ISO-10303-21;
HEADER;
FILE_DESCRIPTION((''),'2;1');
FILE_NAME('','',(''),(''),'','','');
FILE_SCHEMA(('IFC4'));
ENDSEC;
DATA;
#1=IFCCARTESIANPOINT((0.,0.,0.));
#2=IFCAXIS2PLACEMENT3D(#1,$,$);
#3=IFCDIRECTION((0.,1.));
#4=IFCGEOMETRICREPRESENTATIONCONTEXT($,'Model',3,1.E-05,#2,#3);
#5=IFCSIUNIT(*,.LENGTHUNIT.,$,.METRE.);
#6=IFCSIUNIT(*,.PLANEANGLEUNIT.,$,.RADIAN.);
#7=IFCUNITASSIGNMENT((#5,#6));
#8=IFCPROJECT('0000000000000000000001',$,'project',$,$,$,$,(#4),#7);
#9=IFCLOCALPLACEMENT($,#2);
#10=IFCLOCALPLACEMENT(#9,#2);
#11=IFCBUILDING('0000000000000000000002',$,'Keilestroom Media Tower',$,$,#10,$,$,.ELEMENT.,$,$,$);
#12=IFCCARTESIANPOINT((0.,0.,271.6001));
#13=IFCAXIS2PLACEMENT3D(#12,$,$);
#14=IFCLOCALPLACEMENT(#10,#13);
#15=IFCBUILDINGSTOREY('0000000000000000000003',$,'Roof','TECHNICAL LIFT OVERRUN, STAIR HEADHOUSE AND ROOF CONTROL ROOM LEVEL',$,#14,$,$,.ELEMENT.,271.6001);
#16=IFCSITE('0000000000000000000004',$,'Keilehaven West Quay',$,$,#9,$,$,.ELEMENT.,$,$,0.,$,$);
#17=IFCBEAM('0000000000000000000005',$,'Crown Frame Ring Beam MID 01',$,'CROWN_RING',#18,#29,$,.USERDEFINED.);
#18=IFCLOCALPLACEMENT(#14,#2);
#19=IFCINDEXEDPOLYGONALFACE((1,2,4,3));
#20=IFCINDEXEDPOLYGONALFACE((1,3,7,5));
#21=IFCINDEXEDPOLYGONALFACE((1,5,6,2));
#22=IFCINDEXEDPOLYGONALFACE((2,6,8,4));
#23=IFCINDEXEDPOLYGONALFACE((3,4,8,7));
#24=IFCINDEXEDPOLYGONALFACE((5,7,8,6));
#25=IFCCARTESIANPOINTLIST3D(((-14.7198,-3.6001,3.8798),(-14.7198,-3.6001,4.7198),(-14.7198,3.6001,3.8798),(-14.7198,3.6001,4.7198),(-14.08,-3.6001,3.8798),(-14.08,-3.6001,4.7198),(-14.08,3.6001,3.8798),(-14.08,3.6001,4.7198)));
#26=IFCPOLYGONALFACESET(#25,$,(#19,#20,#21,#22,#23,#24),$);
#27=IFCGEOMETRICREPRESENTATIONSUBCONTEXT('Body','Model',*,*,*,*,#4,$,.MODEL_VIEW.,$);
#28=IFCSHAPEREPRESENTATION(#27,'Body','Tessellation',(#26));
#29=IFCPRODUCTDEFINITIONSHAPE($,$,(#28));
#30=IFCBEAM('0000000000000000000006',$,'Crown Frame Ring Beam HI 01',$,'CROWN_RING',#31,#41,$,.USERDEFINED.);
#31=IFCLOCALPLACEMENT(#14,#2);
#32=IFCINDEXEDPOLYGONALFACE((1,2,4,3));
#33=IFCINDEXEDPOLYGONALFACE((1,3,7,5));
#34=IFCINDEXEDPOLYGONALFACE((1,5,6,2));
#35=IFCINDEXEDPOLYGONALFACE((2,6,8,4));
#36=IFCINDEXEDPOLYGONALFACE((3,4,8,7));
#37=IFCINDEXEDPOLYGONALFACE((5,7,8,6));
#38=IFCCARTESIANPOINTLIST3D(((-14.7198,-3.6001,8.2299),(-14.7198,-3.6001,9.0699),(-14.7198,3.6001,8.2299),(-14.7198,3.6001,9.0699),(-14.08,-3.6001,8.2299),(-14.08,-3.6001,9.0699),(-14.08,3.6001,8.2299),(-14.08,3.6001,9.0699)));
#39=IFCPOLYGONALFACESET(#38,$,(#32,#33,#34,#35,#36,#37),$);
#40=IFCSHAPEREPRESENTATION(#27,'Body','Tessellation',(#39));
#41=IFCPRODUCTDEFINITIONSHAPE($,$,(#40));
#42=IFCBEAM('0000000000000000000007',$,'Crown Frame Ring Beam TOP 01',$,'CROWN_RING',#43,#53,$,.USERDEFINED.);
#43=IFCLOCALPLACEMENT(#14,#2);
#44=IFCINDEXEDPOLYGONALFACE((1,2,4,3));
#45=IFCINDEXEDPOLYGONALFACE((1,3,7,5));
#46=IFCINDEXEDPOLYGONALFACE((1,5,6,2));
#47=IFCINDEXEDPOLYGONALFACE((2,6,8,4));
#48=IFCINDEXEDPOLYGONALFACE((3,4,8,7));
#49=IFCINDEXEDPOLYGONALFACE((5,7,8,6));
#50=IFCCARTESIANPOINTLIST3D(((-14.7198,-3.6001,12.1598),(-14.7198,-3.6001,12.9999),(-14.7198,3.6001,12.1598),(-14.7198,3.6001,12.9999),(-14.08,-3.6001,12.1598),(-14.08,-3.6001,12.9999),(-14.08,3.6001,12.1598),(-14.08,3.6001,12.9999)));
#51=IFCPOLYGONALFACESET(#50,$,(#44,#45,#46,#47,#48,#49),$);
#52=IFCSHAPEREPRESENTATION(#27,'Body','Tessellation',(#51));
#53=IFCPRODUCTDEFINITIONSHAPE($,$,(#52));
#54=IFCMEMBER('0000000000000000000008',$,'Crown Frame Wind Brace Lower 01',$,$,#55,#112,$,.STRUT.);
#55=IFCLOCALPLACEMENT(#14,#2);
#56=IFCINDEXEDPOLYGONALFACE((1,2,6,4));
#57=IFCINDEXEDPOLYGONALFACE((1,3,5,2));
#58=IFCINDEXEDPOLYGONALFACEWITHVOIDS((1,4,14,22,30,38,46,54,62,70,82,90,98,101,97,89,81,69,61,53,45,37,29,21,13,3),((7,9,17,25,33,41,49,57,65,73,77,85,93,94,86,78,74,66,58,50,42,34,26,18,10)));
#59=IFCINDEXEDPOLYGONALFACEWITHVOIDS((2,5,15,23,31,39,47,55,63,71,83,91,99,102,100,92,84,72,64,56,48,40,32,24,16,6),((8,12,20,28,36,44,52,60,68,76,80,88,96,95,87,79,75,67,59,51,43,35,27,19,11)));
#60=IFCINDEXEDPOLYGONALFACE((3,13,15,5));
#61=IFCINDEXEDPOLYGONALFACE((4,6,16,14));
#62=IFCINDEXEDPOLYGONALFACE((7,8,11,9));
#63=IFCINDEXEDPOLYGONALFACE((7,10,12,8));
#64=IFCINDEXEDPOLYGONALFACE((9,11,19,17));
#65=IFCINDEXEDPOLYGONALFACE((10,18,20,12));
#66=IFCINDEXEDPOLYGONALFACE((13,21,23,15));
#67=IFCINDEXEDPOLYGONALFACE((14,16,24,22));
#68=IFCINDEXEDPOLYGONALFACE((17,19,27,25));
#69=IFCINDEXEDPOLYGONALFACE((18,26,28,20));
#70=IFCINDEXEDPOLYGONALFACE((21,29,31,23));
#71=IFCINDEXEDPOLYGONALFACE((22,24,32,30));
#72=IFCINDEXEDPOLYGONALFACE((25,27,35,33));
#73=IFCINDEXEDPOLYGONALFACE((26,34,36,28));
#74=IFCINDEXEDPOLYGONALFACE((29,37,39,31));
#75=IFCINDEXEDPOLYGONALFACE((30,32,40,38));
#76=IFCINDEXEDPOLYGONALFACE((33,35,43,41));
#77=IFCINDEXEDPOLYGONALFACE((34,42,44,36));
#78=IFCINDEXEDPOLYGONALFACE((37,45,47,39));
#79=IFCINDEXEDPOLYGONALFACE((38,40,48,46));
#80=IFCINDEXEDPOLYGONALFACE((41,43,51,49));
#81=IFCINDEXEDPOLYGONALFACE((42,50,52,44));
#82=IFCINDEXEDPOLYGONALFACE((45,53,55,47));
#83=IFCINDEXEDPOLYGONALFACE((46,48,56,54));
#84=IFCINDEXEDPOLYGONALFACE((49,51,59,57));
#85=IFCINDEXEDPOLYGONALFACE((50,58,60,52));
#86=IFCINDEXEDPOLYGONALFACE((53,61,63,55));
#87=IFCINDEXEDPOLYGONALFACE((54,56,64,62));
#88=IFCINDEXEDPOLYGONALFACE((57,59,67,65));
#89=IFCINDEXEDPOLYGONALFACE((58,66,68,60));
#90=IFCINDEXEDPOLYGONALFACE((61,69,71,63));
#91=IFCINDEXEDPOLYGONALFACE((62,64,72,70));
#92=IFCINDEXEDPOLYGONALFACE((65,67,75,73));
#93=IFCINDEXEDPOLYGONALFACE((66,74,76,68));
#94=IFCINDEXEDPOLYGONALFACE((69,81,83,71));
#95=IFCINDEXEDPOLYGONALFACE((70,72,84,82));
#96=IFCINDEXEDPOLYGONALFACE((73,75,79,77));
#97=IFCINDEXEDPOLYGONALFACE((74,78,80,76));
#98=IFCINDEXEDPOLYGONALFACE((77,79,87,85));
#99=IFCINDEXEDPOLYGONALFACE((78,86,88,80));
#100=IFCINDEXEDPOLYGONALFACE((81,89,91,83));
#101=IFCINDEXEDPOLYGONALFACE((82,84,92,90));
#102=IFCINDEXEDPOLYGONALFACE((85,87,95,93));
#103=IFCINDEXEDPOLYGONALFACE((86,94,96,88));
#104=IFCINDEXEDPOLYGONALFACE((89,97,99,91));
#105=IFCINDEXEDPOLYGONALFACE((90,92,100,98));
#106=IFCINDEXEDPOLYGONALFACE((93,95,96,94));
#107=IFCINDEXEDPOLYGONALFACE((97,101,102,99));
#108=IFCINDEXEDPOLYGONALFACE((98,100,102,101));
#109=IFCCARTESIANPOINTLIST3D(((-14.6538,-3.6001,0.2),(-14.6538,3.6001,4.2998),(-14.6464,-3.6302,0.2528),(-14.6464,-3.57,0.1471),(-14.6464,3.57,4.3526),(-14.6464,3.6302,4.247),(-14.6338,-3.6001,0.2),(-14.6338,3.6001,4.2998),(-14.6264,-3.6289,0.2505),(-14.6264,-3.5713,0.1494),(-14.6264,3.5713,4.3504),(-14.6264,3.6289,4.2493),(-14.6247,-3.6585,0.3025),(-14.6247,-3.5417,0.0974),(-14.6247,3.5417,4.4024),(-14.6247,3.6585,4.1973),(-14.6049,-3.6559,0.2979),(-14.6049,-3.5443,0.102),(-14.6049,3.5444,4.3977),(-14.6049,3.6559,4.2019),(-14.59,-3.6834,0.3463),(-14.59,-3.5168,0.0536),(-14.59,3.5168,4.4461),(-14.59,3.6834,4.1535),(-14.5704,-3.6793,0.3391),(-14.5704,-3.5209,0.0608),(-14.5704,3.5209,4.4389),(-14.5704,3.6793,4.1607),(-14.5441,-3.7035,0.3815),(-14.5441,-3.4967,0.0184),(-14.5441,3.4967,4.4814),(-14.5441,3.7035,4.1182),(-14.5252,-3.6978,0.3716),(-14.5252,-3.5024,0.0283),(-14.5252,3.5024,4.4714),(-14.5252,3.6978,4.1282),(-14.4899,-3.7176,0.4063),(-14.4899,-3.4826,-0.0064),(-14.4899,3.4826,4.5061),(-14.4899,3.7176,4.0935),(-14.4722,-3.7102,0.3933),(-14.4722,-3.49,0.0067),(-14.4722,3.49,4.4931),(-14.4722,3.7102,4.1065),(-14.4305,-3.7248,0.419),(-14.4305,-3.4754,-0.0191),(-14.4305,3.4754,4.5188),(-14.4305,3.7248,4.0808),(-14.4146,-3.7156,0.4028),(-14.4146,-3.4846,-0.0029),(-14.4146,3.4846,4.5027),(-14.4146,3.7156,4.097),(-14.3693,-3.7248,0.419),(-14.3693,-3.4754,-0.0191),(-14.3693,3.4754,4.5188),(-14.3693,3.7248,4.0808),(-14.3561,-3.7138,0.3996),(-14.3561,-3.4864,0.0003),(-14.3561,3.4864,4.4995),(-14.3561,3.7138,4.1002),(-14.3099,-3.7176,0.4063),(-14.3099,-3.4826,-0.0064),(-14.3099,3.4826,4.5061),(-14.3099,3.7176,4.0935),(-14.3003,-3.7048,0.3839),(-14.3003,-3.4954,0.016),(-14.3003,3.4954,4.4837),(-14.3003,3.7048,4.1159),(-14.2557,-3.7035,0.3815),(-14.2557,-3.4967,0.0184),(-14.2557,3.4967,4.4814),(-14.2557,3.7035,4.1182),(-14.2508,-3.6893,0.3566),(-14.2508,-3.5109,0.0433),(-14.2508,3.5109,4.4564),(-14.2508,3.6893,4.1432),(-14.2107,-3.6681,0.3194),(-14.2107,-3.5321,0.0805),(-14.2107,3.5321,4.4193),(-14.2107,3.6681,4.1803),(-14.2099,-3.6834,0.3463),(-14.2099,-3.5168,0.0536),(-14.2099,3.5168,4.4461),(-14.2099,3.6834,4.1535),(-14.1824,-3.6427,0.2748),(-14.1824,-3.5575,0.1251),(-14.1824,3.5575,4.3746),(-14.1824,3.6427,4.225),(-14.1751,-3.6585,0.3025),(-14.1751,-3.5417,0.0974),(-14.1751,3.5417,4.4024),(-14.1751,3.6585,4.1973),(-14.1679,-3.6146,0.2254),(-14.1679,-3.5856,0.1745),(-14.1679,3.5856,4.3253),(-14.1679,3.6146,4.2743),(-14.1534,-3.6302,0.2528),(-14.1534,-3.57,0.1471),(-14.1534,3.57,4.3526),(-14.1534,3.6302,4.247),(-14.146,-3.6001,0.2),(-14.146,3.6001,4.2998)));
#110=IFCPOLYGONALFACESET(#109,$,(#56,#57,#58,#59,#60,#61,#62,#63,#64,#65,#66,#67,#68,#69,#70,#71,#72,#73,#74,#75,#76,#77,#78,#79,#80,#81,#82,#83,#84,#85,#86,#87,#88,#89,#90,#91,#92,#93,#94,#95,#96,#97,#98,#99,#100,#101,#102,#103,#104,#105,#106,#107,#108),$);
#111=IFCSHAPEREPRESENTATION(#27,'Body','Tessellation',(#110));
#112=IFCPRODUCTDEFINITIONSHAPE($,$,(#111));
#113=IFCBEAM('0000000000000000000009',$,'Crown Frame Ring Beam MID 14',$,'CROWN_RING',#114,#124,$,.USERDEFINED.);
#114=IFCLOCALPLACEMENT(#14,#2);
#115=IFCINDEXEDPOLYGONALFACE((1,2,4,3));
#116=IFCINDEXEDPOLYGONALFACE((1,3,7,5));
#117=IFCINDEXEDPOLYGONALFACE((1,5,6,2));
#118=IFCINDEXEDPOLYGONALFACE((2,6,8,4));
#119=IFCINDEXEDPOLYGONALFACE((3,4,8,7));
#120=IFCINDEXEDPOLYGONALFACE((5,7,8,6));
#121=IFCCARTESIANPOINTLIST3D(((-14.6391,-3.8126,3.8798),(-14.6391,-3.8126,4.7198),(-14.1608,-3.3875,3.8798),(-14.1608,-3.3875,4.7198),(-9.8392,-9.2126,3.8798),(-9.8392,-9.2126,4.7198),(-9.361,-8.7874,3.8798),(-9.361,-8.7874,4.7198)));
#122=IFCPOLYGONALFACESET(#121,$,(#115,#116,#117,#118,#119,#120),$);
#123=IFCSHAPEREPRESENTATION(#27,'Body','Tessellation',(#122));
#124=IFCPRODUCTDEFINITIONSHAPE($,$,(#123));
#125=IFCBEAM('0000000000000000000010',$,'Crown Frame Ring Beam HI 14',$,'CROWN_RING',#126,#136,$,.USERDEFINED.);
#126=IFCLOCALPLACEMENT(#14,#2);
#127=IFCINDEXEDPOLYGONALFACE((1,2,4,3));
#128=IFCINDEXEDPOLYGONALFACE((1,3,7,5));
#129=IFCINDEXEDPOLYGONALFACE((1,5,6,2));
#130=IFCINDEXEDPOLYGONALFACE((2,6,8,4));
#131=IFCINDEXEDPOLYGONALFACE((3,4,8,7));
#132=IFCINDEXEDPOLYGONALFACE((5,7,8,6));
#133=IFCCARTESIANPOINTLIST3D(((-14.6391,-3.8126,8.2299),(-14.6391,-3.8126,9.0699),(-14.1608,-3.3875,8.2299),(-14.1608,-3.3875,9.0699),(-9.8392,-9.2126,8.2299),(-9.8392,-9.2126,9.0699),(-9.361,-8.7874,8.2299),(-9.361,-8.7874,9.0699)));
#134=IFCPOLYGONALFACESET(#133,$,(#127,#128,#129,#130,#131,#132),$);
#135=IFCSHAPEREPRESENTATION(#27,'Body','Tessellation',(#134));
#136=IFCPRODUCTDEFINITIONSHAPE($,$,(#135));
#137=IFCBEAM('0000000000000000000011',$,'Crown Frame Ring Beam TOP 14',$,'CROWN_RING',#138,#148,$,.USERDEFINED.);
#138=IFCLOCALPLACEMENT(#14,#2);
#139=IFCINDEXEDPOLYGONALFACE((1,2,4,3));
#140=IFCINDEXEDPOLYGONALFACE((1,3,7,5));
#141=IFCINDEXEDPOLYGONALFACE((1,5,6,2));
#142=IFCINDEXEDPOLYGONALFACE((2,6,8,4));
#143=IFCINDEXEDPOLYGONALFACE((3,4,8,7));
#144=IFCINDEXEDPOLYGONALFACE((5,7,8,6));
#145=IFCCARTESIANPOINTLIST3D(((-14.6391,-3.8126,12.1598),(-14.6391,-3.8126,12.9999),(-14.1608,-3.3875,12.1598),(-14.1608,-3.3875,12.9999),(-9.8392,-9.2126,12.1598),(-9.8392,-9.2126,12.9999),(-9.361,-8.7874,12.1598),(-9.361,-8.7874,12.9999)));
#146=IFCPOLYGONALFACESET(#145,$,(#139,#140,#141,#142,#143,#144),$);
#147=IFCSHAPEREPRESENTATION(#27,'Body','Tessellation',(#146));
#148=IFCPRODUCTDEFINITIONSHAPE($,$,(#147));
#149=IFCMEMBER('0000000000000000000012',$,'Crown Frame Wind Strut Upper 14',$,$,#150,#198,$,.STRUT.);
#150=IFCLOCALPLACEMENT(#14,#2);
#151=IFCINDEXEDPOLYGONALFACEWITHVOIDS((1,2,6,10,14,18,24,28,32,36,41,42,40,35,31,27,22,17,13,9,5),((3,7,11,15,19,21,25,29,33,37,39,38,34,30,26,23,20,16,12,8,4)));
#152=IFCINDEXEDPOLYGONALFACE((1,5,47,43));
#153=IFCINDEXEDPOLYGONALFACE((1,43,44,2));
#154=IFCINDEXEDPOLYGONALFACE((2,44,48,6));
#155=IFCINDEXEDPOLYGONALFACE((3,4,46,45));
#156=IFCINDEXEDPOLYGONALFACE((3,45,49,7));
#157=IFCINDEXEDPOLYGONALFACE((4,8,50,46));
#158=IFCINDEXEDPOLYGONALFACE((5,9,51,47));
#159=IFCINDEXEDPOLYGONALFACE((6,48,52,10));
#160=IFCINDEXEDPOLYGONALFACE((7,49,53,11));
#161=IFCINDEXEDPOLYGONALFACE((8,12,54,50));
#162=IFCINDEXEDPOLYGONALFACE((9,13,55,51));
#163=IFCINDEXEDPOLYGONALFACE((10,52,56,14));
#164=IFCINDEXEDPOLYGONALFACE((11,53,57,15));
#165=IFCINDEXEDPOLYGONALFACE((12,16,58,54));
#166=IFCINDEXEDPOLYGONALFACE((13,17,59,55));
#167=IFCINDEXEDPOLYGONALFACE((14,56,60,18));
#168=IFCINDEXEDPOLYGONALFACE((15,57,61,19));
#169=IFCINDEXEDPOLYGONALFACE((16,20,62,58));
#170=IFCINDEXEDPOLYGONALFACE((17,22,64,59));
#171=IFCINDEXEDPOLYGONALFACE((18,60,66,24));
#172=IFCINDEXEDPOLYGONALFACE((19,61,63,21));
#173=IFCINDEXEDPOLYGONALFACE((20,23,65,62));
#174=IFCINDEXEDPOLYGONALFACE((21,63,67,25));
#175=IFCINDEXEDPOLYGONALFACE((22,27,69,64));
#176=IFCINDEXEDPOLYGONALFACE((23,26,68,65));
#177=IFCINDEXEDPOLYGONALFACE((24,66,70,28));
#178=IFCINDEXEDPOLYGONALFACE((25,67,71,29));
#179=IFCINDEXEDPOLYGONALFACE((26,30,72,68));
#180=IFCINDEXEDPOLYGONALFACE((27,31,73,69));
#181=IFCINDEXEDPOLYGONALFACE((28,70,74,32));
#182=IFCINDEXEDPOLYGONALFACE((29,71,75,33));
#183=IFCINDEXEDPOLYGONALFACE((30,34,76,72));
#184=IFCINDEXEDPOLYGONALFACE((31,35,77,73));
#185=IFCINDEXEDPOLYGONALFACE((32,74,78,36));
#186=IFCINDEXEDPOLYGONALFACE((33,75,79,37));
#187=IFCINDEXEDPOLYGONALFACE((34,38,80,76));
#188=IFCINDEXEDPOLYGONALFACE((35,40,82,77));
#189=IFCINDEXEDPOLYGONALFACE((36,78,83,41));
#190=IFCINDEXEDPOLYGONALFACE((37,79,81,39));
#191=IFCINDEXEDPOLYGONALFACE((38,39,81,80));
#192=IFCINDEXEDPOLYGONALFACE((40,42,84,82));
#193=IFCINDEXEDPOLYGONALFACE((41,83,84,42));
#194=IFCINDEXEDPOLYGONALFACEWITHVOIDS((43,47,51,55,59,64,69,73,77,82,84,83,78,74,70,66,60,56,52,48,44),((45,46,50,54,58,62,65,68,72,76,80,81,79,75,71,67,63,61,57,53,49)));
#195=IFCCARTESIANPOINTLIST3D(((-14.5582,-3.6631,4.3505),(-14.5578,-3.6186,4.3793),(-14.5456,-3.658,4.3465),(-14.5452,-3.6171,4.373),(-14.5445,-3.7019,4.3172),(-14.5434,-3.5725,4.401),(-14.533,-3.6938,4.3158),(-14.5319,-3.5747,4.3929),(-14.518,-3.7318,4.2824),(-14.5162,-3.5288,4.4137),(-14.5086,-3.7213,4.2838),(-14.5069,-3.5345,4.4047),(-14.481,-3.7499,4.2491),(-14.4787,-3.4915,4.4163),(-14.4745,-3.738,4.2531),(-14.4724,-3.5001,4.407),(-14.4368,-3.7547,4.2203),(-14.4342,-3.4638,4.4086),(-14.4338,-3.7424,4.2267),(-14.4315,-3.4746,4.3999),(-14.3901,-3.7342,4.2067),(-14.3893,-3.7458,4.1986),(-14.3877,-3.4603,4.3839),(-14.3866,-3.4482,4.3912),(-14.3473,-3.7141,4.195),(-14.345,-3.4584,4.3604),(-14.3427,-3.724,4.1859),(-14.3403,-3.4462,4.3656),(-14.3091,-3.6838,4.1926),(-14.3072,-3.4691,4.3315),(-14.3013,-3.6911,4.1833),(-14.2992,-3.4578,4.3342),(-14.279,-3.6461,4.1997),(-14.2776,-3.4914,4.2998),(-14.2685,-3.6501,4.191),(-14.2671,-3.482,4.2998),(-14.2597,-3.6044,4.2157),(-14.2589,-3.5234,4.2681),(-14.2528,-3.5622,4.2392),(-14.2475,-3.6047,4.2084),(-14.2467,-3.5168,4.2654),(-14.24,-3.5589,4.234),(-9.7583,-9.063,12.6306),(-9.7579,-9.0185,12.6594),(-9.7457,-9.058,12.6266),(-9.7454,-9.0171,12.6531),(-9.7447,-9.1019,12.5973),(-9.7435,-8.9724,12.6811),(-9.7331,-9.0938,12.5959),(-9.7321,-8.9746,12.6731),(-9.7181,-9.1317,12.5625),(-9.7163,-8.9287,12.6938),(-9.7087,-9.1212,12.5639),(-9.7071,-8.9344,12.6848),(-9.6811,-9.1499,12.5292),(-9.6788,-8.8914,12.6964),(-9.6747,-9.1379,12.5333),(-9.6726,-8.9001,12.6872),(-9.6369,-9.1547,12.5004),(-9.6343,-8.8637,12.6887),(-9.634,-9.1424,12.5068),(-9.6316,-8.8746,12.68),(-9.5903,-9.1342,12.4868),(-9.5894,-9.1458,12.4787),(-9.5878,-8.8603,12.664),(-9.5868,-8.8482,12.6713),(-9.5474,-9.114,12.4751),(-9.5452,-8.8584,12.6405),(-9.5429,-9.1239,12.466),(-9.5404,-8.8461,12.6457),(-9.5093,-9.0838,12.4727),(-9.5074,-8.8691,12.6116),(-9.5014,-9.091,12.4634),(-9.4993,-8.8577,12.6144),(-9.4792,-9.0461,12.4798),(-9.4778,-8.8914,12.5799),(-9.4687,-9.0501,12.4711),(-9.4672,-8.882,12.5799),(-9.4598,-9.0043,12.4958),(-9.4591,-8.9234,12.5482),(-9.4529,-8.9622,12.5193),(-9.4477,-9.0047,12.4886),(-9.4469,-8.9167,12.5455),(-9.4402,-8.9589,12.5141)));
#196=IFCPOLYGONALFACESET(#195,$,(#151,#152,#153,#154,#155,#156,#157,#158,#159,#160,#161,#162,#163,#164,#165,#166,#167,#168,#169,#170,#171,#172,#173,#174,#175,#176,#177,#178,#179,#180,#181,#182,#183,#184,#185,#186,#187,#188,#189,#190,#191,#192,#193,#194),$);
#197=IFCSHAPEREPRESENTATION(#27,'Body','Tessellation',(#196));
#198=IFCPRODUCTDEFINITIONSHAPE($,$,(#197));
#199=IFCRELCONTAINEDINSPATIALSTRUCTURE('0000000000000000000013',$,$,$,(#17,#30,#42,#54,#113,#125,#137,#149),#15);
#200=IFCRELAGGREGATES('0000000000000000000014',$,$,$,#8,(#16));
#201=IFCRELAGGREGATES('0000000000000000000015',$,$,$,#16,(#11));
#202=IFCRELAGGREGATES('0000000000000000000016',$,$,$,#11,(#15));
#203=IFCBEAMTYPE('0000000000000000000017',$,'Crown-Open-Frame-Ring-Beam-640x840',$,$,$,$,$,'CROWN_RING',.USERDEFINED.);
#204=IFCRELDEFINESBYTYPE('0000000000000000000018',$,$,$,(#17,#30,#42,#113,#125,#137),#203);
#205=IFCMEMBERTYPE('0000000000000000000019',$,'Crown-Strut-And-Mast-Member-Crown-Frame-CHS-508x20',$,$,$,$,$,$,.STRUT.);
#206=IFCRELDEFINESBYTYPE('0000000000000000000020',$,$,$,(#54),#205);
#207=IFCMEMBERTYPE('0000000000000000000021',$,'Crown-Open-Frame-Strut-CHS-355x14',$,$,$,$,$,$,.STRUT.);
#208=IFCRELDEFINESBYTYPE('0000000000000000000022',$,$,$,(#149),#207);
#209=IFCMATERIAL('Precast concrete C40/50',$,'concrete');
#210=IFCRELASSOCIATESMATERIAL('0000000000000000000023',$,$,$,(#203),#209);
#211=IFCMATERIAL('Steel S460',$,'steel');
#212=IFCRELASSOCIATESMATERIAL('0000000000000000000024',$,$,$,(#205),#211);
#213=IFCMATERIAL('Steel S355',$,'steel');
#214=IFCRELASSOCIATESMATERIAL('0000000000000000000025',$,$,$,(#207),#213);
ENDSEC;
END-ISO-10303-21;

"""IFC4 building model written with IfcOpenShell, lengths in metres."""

from ifc_helpers import new_model, si_unit, direction, frame, origin, origin_2d, place, context, subcontext, project, spatial, rectangle, hollow_circle, extrude, source, transform, mapped, material, material_profile, profile_set, type_object, element, save


model = new_model("IFC4")

# Units and contexts
model_context = context("Model", 3, precision=1e-05, world=origin(), true_north=direction((0.0, 1.0)))
body_context = subcontext(model_context, "Body", "Model", "MODEL_VIEW")
ifc_project = project(units=[si_unit("LENGTHUNIT", "METRE"), si_unit("PLANEANGLEUNIT", "RADIAN")], contexts=[model_context])

# Site, building, storey
site_placement = place(None, origin())
site = spatial("IfcSite", under=ifc_project, at=site_placement, Name="Keilehaven West Quay", CompositionType="ELEMENT", RefElevation=0.0)
building_placement = place(site_placement, origin())
building = spatial("IfcBuilding", under=site, at=building_placement, Name="Keilestroom Media Tower", CompositionType="ELEMENT")
storey_placement = place(building_placement, frame((0.0, 0.0, 271.6001)))
storey = spatial("IfcBuildingStorey", under=building, at=storey_placement, Name="Roof", Description="TECHNICAL LIFT OVERRUN, STAIR HEADHOUSE AND ROOF CONTROL ROOM LEVEL", CompositionType="ELEMENT", Elevation=271.6001)

# Beams
ifc_material_1 = material(Name="Precast concrete C40/50", Category="concrete")
ifc_material_profile_1 = material_profile(ifc_material_1, rectangle(XDim=0.6399, YDim=0.8401, at=origin_2d()), Name="CF 640x840")
ifc_profile_set_1 = profile_set([ifc_material_profile_1], Name="Precast concrete C40/50")
beam_type = type_object("IfcBeamType", Name="Crown-Open-Frame-Ring-Beam-640x840", ElementType="CROWN_RING", PredefinedType="USERDEFINED", material=ifc_profile_set_1)
shared_shape_1 = source(origin(), body_context, "Body", "SweptSolid", [
    extrude(rectangle(XDim=0.6399, YDim=0.8401, at=origin_2d()), origin(), (0.0, 0.0, 1.0), 7.2002),
])
for number, where, z_axis, x_axis, name in (
    (1, (-14.3999, -3.6001, 4.2998), (0.0, 1.0, 0.0), (-1.0, 0.0, 0.0), "Crown Frame Ring Beam MID 01"),
    (2, (-14.3999, -3.6001, 8.6499), (0.0, 1.0, 0.0), (-1.0, 0.0, 0.0), "Crown Frame Ring Beam HI 01"),
    (3, (-14.3999, -3.6001, 12.5798), (0.0, 1.0, 0.0), (-1.0, 0.0, 0.0), "Crown Frame Ring Beam TOP 01"),
):
    element("IfcBeam", number, at=place(storey_placement, frame(where, z_axis=z_axis, x_axis=x_axis)), inside=storey, type_object=beam_type, Name=name, ObjectType="CROWN_RING", PredefinedType="USERDEFINED", context=body_context, shape_type="MappedRepresentation", body=[
        mapped(shared_shape_1, transform((0.0, 0.0, 0.0), x_axis=(1.0, 0.0, 0.0), y_axis=(0.0, 1.0, 0.0), z_axis=(0.0, 0.0, 1.0), scale=1.0)),
    ])

# Member
ifc_material_2 = material(Name="Steel S460", Category="steel")
ifc_material_profile_2 = material_profile(ifc_material_2, hollow_circle(Radius=0.2539, WallThickness=0.02, at=origin_2d()), Name="CHS 508x20")
ifc_profile_set_2 = profile_set([ifc_material_profile_2], Name="Steel S460")
member_type_1 = type_object("IfcMemberType", Name="Crown-Strut-And-Mast-Member-Crown-Frame-CHS-508x20", PredefinedType="STRUT", material=ifc_profile_set_2)
shared_shape_2 = source(origin(), body_context, "Body", "SweptSolid", [
    extrude(hollow_circle(Radius=0.2539, WallThickness=0.02, at=origin_2d()), origin(), (0.0, 0.0, 1.0), 8.2856),
])
member_1_placement = place(storey_placement, frame((-14.3999, -3.6001, 0.2), z_axis=(0.0, 0.868998, 0.494815), x_axis=(-1.0, 0.0, 0.0)))
element("IfcMember", 4, at=member_1_placement, inside=storey, type_object=member_type_1, Name="Crown Frame Wind Brace Lower 01", PredefinedType="STRUT", context=body_context, shape_type="MappedRepresentation", body=[
    mapped(shared_shape_2, transform((0.0, 0.0, 0.0), x_axis=(1.0, 0.0, 0.0), y_axis=(0.0, 1.0, 0.0), z_axis=(0.0, 0.0, 1.0), scale=1.0)),
])

# Beams
shared_shape_3 = source(origin(), body_context, "Body", "SweptSolid", [
    extrude(rectangle(XDim=0.6399, YDim=0.8401, at=origin_2d()), origin(), (0.0, 0.0, 1.0), 7.2249),
])
for number, where, z_axis, x_axis, name in (
    (5, (-9.6001, -9.0, 4.2998), (-0.664355, 0.747417, 0.0), (-0.747417, -0.664355, 0.0), "Crown Frame Ring Beam MID 14"),
    (6, (-9.6001, -9.0, 8.6499), (-0.664355, 0.747417, 0.0), (-0.747417, -0.664355, 0.0), "Crown Frame Ring Beam HI 14"),
    (7, (-9.6001, -9.0, 12.5798), (-0.664355, 0.747417, 0.0), (-0.747417, -0.664355, 0.0), "Crown Frame Ring Beam TOP 14"),
):
    element("IfcBeam", number, at=place(storey_placement, frame(where, z_axis=z_axis, x_axis=x_axis)), inside=storey, type_object=beam_type, Name=name, ObjectType="CROWN_RING", PredefinedType="USERDEFINED", context=body_context, shape_type="MappedRepresentation", body=[
        mapped(shared_shape_3, transform((0.0, 0.0, 0.0), x_axis=(1.0, 0.0, 0.0), y_axis=(0.0, 1.0, 0.0), z_axis=(0.0, 0.0, 1.0), scale=1.0)),
    ])

# Member
ifc_material_3 = material(Name="Steel S355", Category="steel")
ifc_material_profile_3 = material_profile(ifc_material_3, hollow_circle(Radius=0.1777, WallThickness=0.0142, at=origin_2d()), Name="CHS 355.6x14.2")
ifc_profile_set_3 = profile_set([ifc_material_profile_3], Name="Steel S355")
member_type_2 = type_object("IfcMemberType", Name="Crown-Open-Frame-Strut-CHS-355x14", PredefinedType="STRUT", material=ifc_profile_set_3)
shared_shape_4 = source(origin(), body_context, "Body", "SweptSolid", [
    extrude(hollow_circle(Radius=0.1777, WallThickness=0.0142, at=origin_2d()), origin(), (0.0, 0.0, 1.0), 10.989),
])
member_2_placement = place(storey_placement, frame((-14.3999, -3.6001, 4.2998), z_axis=(0.436787, -0.491396, 0.75349), x_axis=(0.747417, 0.664355, 0.0)))
element("IfcMember", 8, at=member_2_placement, inside=storey, type_object=member_type_2, Name="Crown Frame Wind Strut Upper 14", PredefinedType="STRUT", context=body_context, shape_type="MappedRepresentation", body=[
    mapped(shared_shape_4, transform((0.0, 0.0, 0.0), x_axis=(1.0, 0.0, 0.0), y_axis=(0.0, 1.0, 0.0), z_axis=(0.0, 0.0, 1.0), scale=1.0)),
])

save(model, "model.ifc")
